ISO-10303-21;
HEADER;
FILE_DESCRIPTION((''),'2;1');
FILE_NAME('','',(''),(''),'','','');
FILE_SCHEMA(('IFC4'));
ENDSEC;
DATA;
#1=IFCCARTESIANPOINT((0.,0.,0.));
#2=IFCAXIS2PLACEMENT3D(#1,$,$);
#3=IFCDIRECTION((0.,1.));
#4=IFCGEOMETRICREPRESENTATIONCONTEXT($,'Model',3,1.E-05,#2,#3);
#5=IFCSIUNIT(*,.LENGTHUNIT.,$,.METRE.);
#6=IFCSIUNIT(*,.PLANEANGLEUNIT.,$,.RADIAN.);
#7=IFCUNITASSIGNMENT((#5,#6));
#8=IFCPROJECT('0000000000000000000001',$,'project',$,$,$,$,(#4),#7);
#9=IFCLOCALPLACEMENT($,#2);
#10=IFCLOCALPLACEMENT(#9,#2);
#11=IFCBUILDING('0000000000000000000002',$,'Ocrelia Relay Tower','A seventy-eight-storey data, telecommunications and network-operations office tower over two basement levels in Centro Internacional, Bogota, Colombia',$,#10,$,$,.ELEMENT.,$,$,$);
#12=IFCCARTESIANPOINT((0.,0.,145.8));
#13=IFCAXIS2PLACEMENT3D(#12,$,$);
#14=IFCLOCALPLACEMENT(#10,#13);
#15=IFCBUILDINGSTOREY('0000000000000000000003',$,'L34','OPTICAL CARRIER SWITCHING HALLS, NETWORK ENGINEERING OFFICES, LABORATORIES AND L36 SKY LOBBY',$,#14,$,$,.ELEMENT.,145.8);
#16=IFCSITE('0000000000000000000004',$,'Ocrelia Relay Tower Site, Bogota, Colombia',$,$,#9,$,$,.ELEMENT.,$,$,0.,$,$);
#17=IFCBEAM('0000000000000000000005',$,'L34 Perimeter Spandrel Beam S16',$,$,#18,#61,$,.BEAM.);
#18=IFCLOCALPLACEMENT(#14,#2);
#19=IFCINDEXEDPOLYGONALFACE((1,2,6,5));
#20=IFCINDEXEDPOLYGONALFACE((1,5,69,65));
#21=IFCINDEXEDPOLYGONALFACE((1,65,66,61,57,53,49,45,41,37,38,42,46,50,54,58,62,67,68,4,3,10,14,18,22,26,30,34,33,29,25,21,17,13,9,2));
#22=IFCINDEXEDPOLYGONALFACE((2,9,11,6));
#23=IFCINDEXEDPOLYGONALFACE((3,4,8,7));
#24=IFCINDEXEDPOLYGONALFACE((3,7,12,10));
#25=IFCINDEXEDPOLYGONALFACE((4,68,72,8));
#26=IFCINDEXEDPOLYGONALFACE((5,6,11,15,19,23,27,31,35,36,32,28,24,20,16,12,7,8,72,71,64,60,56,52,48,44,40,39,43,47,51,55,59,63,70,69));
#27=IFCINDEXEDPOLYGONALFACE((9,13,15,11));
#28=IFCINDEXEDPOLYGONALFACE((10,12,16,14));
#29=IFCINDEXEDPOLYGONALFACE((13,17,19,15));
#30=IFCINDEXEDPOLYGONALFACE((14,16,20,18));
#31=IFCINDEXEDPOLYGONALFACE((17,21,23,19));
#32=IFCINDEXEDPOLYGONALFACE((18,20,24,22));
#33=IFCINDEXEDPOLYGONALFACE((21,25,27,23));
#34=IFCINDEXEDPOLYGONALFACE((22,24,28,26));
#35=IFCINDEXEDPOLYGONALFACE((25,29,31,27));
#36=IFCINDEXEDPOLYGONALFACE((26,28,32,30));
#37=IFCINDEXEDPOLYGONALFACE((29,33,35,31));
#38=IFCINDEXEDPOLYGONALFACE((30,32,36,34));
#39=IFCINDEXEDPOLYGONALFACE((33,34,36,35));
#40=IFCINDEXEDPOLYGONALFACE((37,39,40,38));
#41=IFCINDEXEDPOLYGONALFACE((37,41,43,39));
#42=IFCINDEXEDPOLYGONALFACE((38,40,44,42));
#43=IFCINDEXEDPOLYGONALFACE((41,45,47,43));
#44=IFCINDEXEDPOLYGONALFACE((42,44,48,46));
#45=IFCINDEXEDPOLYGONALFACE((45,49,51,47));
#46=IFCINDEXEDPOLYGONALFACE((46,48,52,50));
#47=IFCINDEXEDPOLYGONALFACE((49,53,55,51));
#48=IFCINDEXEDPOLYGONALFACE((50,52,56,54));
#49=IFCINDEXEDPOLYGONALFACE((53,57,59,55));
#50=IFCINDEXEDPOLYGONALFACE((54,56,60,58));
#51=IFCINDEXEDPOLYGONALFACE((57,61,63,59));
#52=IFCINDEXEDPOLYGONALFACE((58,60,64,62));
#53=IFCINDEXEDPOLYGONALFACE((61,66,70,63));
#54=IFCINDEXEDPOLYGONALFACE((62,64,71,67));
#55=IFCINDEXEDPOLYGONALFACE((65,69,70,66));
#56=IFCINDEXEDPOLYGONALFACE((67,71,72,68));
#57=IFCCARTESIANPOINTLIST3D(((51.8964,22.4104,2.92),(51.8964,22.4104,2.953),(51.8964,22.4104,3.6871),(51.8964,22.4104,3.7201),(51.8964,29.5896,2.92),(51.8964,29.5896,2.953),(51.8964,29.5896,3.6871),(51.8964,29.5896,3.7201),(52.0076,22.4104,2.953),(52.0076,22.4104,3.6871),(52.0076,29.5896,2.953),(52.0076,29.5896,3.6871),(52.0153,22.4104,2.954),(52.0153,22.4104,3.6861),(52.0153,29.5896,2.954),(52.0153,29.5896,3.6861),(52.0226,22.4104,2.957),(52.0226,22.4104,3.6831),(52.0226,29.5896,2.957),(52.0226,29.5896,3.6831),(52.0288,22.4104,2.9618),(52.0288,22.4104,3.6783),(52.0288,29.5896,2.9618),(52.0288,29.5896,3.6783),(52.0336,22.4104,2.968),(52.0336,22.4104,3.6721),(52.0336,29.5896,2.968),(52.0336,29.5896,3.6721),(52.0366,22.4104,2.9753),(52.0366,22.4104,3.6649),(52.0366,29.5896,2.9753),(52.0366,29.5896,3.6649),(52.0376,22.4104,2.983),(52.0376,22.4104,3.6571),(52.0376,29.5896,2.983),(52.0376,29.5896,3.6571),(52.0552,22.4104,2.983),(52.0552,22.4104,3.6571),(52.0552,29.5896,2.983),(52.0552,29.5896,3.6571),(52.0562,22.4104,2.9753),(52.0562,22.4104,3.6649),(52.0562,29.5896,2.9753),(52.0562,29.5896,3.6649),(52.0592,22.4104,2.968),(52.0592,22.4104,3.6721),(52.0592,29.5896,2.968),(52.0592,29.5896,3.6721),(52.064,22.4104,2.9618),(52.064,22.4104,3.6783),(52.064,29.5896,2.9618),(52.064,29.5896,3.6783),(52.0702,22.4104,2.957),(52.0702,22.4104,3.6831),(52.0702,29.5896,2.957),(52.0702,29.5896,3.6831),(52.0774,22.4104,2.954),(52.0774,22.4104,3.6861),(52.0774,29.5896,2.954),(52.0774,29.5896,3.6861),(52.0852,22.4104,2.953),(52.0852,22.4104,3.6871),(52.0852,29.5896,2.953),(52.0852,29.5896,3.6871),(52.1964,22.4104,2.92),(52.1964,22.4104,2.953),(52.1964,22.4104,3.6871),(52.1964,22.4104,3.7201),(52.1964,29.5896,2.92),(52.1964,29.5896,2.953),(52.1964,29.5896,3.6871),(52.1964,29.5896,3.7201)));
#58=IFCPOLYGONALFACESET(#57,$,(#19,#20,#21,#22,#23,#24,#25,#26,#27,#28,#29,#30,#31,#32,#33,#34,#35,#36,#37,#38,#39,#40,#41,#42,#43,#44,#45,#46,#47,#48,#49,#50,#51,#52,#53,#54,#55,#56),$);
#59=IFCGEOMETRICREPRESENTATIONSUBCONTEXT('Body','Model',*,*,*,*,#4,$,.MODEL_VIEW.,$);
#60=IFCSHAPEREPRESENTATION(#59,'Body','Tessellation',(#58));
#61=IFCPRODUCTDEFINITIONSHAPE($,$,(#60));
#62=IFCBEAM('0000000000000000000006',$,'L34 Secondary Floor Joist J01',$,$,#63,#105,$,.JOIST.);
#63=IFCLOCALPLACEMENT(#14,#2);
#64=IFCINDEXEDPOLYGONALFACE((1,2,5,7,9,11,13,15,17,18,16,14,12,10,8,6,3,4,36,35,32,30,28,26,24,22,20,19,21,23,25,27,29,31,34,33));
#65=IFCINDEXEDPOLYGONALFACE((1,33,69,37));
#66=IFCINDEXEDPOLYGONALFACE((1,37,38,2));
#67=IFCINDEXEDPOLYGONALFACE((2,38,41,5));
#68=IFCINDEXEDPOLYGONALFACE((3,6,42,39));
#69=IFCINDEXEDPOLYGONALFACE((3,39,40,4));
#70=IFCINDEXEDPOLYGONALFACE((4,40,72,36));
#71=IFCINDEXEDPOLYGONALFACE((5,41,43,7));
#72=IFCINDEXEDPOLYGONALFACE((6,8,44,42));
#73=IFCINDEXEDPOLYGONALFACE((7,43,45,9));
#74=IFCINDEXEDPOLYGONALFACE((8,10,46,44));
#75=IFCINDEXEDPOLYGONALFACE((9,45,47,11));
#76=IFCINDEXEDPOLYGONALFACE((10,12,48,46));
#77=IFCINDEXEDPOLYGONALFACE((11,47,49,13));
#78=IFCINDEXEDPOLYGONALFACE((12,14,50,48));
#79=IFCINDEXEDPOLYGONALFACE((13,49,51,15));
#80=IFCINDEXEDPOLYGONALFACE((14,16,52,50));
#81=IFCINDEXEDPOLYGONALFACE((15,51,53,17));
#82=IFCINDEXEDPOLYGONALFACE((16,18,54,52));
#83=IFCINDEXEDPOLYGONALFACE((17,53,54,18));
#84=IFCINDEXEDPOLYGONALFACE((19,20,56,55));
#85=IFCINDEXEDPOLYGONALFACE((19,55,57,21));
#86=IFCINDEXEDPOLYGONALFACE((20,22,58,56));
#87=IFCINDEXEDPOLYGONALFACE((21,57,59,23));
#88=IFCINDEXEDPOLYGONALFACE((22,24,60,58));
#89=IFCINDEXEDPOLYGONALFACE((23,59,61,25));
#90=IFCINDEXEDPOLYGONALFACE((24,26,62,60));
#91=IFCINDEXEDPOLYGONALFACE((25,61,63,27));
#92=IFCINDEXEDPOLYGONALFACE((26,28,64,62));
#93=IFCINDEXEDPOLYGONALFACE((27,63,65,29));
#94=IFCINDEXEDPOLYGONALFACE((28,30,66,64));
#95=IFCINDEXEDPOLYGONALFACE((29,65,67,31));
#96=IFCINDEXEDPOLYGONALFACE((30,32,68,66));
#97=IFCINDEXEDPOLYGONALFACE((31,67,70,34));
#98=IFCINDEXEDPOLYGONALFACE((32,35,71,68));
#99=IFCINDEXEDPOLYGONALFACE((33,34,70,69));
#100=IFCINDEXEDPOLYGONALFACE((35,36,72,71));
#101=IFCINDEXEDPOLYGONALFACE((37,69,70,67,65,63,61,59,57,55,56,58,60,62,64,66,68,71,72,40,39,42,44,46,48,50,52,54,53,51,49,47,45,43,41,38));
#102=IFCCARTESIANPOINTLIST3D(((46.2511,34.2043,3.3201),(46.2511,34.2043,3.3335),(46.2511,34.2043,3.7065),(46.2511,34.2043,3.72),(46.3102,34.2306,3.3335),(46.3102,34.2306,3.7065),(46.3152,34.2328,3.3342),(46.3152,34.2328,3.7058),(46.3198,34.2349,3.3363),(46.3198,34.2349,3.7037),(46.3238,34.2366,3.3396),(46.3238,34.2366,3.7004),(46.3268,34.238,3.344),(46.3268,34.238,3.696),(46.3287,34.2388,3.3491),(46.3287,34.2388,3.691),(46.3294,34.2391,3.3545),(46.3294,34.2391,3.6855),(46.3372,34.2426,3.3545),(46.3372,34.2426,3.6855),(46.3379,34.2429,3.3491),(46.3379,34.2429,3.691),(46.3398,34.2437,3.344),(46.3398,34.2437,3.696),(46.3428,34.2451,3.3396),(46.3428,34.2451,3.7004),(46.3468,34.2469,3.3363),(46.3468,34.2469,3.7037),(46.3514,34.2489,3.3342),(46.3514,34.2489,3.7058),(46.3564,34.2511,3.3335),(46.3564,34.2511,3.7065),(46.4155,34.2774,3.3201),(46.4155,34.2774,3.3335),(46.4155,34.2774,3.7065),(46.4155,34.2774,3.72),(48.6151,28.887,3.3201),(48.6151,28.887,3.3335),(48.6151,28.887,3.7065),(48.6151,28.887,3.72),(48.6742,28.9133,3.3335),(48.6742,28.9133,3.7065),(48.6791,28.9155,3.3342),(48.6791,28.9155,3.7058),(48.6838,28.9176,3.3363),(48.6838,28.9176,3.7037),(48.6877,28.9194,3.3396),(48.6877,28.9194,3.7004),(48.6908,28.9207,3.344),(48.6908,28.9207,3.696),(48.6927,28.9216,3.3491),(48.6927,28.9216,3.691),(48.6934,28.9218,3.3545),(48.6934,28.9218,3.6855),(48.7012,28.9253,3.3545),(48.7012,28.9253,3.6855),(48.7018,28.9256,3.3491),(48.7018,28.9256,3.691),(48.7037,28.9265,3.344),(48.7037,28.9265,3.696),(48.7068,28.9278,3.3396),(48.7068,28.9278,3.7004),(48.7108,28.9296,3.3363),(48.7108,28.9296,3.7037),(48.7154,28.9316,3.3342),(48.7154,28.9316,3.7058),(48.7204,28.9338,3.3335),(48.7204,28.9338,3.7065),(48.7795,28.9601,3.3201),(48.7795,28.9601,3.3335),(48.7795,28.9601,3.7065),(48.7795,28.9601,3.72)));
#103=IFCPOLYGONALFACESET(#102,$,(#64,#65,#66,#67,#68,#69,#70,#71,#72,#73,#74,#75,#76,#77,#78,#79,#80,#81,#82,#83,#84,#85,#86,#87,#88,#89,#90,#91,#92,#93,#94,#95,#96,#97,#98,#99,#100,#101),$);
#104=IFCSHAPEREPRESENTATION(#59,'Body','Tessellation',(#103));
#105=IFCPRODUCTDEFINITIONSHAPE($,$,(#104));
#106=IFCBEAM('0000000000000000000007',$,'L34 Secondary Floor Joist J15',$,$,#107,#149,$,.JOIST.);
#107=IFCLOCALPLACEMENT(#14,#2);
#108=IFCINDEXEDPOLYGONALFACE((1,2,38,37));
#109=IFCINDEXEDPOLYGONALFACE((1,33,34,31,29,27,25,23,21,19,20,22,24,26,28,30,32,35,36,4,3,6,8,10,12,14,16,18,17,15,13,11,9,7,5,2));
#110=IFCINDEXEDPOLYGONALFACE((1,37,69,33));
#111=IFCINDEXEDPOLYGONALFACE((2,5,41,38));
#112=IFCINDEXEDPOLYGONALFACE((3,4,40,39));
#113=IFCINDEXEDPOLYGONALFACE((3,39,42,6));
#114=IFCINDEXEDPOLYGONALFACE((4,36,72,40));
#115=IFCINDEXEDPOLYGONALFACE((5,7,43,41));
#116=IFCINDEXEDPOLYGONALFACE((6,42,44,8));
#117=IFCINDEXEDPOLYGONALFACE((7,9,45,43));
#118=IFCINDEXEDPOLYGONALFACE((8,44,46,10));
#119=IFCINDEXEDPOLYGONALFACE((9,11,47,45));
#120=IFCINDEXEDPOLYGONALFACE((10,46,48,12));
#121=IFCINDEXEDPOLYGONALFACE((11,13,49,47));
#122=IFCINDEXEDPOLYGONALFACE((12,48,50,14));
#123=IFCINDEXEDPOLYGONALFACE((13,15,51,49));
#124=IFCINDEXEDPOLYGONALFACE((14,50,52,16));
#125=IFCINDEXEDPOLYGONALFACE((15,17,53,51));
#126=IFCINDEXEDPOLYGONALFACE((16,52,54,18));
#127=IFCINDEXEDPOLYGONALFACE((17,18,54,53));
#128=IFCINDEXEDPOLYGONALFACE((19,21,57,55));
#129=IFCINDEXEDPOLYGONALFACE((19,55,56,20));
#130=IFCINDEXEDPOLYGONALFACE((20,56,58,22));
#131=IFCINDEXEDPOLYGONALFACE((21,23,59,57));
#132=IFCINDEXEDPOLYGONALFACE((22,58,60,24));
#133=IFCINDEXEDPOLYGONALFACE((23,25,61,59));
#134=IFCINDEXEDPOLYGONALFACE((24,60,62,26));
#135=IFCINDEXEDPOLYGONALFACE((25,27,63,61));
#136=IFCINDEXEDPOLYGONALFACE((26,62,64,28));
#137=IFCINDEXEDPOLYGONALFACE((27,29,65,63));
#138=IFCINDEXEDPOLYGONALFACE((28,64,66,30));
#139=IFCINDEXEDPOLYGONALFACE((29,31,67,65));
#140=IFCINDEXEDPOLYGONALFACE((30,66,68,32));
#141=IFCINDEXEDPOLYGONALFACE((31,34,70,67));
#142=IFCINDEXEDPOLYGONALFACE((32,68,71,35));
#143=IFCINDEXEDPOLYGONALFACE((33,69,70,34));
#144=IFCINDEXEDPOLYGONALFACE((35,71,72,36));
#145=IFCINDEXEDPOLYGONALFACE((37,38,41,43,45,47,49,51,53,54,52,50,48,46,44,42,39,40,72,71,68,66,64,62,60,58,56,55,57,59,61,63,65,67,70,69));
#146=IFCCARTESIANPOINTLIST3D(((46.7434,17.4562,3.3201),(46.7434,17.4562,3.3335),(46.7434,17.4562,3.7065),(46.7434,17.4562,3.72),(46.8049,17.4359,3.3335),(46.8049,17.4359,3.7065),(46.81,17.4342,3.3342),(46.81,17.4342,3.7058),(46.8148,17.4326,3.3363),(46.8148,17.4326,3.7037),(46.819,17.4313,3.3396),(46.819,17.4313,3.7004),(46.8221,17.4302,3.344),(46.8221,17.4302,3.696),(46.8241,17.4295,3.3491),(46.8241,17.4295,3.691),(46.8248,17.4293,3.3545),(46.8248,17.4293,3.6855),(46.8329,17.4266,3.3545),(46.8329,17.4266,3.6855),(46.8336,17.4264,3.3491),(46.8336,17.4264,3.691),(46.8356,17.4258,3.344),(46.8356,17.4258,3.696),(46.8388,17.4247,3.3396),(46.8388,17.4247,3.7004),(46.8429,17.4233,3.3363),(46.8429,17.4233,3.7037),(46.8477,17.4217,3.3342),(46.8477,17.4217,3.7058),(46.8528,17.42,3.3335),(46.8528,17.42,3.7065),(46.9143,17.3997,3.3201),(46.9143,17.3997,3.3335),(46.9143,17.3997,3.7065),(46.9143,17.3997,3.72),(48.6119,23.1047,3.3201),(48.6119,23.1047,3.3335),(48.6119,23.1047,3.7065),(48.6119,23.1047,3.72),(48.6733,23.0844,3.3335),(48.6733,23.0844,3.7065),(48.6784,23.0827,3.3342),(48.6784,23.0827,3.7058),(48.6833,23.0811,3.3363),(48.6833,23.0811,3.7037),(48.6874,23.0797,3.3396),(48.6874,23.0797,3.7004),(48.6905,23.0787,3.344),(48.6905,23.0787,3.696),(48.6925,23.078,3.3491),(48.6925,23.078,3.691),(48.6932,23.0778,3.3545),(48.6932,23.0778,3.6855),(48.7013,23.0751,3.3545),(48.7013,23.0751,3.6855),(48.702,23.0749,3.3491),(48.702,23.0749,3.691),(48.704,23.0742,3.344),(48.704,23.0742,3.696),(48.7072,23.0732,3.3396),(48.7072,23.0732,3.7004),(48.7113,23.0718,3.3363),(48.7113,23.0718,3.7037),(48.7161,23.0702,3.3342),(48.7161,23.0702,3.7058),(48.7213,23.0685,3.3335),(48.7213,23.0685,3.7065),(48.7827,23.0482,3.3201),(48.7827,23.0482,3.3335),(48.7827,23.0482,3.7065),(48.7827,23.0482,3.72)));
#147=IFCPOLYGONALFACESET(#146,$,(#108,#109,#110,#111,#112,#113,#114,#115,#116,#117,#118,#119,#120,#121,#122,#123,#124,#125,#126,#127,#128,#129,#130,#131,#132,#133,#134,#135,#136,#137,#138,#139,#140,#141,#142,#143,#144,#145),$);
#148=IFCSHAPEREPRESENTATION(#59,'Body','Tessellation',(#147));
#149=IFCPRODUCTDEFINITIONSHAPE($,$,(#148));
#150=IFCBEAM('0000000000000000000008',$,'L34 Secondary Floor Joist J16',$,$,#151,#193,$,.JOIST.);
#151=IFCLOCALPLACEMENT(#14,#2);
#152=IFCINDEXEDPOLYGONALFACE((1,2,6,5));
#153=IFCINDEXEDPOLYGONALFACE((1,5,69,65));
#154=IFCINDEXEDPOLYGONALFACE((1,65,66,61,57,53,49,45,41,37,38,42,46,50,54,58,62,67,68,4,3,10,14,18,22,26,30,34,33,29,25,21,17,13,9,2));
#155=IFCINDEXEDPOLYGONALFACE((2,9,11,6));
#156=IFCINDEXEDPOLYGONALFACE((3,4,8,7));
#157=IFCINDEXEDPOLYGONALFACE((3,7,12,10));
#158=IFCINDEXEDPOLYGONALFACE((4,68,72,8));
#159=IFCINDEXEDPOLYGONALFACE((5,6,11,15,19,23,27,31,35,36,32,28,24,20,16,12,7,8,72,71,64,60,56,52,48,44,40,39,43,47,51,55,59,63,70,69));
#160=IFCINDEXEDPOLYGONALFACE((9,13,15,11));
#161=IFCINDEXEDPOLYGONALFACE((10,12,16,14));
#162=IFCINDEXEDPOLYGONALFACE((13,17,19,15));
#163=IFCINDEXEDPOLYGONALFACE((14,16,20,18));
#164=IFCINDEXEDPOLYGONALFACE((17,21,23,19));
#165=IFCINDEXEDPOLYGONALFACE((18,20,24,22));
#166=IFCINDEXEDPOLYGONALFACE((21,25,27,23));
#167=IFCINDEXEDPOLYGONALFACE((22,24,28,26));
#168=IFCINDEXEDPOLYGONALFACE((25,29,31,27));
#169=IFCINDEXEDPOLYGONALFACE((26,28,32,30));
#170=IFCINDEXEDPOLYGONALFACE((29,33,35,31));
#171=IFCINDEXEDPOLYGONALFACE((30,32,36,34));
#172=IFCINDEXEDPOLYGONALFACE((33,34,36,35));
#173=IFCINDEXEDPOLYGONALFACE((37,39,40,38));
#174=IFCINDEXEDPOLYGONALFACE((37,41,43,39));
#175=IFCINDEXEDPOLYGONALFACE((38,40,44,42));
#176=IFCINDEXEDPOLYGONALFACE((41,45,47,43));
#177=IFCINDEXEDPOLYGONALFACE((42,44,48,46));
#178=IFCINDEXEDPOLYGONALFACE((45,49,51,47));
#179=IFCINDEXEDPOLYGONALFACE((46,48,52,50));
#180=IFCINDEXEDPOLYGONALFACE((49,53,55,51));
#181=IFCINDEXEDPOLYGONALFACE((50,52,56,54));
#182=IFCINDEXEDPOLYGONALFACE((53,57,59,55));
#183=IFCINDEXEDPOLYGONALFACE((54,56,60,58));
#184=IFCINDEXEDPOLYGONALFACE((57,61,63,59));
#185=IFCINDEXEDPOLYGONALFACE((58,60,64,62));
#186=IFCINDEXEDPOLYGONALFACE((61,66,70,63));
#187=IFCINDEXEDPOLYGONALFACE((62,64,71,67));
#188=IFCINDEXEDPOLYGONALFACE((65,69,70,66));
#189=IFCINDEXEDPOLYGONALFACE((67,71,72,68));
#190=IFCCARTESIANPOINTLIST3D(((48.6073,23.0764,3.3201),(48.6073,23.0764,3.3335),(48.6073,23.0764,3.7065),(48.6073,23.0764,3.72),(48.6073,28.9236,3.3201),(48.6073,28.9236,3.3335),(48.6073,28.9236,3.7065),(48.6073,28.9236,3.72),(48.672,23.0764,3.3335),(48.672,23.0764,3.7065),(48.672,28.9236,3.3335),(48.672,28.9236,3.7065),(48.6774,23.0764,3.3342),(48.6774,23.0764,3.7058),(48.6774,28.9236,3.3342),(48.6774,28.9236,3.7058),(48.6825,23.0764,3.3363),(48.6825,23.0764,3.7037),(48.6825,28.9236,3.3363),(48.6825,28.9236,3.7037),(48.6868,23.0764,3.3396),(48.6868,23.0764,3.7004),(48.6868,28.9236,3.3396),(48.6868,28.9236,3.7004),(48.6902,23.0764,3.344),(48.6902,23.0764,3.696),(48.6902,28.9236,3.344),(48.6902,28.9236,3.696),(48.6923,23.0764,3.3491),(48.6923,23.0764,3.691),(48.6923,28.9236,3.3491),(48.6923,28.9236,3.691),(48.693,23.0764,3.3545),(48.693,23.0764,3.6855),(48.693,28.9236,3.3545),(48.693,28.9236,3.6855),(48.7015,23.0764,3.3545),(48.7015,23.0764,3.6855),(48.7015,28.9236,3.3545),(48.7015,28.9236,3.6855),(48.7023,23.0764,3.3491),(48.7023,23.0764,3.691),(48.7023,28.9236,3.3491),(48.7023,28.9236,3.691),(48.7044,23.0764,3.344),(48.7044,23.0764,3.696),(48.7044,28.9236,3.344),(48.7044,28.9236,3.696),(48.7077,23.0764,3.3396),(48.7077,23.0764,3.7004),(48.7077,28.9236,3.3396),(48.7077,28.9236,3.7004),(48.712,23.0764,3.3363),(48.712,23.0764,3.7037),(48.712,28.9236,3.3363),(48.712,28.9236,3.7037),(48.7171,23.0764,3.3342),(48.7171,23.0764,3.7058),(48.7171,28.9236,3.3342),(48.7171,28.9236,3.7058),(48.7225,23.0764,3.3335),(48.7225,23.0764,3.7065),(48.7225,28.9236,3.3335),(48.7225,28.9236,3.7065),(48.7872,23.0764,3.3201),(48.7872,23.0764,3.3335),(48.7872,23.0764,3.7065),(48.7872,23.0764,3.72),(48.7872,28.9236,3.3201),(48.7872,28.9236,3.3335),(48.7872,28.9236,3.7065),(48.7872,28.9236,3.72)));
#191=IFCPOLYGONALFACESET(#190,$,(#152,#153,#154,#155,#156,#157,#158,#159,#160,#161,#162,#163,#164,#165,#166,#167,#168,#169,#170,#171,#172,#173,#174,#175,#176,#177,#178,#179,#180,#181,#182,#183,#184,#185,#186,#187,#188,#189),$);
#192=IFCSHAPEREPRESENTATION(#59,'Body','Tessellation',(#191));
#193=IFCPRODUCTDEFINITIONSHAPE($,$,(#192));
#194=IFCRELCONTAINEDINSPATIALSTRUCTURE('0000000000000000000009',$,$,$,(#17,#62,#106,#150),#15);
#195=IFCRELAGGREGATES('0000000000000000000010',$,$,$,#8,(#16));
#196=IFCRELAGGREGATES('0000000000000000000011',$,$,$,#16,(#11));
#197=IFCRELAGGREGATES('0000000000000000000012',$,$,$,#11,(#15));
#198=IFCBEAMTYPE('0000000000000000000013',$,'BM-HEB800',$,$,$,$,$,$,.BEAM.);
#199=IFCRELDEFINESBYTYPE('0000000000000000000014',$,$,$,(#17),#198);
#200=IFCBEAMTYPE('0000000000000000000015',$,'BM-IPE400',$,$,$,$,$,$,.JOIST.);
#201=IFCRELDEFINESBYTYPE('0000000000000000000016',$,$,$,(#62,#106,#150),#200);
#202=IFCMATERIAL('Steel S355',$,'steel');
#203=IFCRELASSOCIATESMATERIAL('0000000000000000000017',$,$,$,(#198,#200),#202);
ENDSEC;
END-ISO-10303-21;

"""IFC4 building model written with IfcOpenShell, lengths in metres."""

from ifc_helpers import new_model, si_unit, direction, frame, origin, origin_2d, place, context, subcontext, project, spatial, i_section, extrude, material, material_profile, profile_set, type_object, element, save


model = new_model("IFC4")

# Units and contexts
model_context = context("Model", 3, precision=1e-05, world=origin(), true_north=direction((0.0, 1.0)))
body_context = subcontext(model_context, "Body", "Model", "MODEL_VIEW")
ifc_project = project(units=[si_unit("LENGTHUNIT", "METRE"), si_unit("PLANEANGLEUNIT", "RADIAN")], contexts=[model_context])

# Site, building, storey
site_placement = place(None, origin())
site = spatial("IfcSite", under=ifc_project, at=site_placement, Name="Ocrelia Relay Tower Site, Bogota, Colombia", CompositionType="ELEMENT", RefElevation=0.0)
building_placement = place(site_placement, origin())
building = spatial("IfcBuilding", under=site, at=building_placement, Name="Ocrelia Relay Tower", Description="A seventy-eight-storey data, telecommunications and network-operations office tower over two basement levels in Centro Internacional, Bogota, Colombia", CompositionType="ELEMENT")
storey_placement = place(building_placement, frame((0.0, 0.0, 145.8)))
storey = spatial("IfcBuildingStorey", under=building, at=storey_placement, Name="L34", Description="OPTICAL CARRIER SWITCHING HALLS, NETWORK ENGINEERING OFFICES, LABORATORIES AND L36 SKY LOBBY", CompositionType="ELEMENT", Elevation=145.8)

# Beams
ifc_material_1 = material(Name="Steel S355", Category="steel")
ifc_material_profile_1 = material_profile(ifc_material_1, i_section(OverallWidth=0.3, OverallDepth=0.8, WebThickness=0.0176, FlangeThickness=0.033, FilletRadius=0.03, at=origin_2d()), Name="HEB 800")
ifc_profile_set_1 = profile_set([ifc_material_profile_1], Name="Steel S355")
beam_type_1 = type_object("IfcBeamType", Name="BM-HEB800", PredefinedType="BEAM", material=ifc_profile_set_1)
beam_1_placement = place(storey_placement, frame((52.0464, 22.4104, 3.3201), z_axis=(0.0, 1.0, 0.0), x_axis=(-1.0, 0.0, 0.0)))
element("IfcBeam", 1, at=beam_1_placement, inside=storey, type_object=beam_type_1, Name="L34 Perimeter Spandrel Beam S16", PredefinedType="BEAM", context=body_context, shape_type="SweptSolid", body=[
    extrude(i_section(OverallWidth=0.3, OverallDepth=0.8, WebThickness=0.0176, FlangeThickness=0.033, FilletRadius=0.03, at=origin_2d()), origin(), (0.0, 0.0, 1.0), 7.1792),
])
ifc_material_profile_2 = material_profile(ifc_material_1, i_section(OverallWidth=0.1799, OverallDepth=0.3999, WebThickness=0.0085, FlangeThickness=0.0134, FilletRadius=0.021, at=origin_2d()), Name="IPE 400")
ifc_profile_set_2 = profile_set([ifc_material_profile_2], Name="Steel S355")
beam_type_2 = type_object("IfcBeamType", Name="BM-IPE400", PredefinedType="JOIST", material=ifc_profile_set_2)
beam_2_placement = place(storey_placement, frame((48.6973, 28.9236, 3.52), z_axis=(-0.406244, 0.913765, 0.0), x_axis=(-0.913765, -0.406244, 0.0)))
element("IfcBeam", 2, at=beam_2_placement, inside=storey, type_object=beam_type_2, Name="L34 Secondary Floor Joist J01", PredefinedType="JOIST", context=body_context, shape_type="SweptSolid", body=[
    extrude(i_section(OverallWidth=0.1799, OverallDepth=0.3999, WebThickness=0.0085, FlangeThickness=0.0134, FilletRadius=0.021, at=origin_2d()), origin(), (0.0, 0.0, 1.0), 5.8191),
])
beam_3_placement = place(storey_placement, frame((46.8289, 17.428, 3.52), z_axis=(0.314048, 0.949407, 0.0), x_axis=(-0.949407, 0.314048, 0.0)))
element("IfcBeam", 3, at=beam_3_placement, inside=storey, type_object=beam_type_2, Name="L34 Secondary Floor Joist J15", PredefinedType="JOIST", context=body_context, shape_type="SweptSolid", body=[
    extrude(i_section(OverallWidth=0.1799, OverallDepth=0.3999, WebThickness=0.0085, FlangeThickness=0.0134, FilletRadius=0.021, at=origin_2d()), origin(), (0.0, 0.0, 1.0), 5.9495),
])
beam_4_placement = place(storey_placement, frame((48.6973, 23.0764, 3.52), z_axis=(0.0, 1.0, 0.0), x_axis=(-1.0, 0.0, 0.0)))
element("IfcBeam", 4, at=beam_4_placement, inside=storey, type_object=beam_type_2, Name="L34 Secondary Floor Joist J16", PredefinedType="JOIST", context=body_context, shape_type="SweptSolid", body=[
    extrude(i_section(OverallWidth=0.1799, OverallDepth=0.3999, WebThickness=0.0085, FlangeThickness=0.0134, FilletRadius=0.021, at=origin_2d()), origin(), (0.0, 0.0, 1.0), 5.8472),
])

save(model, "model.ifc")
